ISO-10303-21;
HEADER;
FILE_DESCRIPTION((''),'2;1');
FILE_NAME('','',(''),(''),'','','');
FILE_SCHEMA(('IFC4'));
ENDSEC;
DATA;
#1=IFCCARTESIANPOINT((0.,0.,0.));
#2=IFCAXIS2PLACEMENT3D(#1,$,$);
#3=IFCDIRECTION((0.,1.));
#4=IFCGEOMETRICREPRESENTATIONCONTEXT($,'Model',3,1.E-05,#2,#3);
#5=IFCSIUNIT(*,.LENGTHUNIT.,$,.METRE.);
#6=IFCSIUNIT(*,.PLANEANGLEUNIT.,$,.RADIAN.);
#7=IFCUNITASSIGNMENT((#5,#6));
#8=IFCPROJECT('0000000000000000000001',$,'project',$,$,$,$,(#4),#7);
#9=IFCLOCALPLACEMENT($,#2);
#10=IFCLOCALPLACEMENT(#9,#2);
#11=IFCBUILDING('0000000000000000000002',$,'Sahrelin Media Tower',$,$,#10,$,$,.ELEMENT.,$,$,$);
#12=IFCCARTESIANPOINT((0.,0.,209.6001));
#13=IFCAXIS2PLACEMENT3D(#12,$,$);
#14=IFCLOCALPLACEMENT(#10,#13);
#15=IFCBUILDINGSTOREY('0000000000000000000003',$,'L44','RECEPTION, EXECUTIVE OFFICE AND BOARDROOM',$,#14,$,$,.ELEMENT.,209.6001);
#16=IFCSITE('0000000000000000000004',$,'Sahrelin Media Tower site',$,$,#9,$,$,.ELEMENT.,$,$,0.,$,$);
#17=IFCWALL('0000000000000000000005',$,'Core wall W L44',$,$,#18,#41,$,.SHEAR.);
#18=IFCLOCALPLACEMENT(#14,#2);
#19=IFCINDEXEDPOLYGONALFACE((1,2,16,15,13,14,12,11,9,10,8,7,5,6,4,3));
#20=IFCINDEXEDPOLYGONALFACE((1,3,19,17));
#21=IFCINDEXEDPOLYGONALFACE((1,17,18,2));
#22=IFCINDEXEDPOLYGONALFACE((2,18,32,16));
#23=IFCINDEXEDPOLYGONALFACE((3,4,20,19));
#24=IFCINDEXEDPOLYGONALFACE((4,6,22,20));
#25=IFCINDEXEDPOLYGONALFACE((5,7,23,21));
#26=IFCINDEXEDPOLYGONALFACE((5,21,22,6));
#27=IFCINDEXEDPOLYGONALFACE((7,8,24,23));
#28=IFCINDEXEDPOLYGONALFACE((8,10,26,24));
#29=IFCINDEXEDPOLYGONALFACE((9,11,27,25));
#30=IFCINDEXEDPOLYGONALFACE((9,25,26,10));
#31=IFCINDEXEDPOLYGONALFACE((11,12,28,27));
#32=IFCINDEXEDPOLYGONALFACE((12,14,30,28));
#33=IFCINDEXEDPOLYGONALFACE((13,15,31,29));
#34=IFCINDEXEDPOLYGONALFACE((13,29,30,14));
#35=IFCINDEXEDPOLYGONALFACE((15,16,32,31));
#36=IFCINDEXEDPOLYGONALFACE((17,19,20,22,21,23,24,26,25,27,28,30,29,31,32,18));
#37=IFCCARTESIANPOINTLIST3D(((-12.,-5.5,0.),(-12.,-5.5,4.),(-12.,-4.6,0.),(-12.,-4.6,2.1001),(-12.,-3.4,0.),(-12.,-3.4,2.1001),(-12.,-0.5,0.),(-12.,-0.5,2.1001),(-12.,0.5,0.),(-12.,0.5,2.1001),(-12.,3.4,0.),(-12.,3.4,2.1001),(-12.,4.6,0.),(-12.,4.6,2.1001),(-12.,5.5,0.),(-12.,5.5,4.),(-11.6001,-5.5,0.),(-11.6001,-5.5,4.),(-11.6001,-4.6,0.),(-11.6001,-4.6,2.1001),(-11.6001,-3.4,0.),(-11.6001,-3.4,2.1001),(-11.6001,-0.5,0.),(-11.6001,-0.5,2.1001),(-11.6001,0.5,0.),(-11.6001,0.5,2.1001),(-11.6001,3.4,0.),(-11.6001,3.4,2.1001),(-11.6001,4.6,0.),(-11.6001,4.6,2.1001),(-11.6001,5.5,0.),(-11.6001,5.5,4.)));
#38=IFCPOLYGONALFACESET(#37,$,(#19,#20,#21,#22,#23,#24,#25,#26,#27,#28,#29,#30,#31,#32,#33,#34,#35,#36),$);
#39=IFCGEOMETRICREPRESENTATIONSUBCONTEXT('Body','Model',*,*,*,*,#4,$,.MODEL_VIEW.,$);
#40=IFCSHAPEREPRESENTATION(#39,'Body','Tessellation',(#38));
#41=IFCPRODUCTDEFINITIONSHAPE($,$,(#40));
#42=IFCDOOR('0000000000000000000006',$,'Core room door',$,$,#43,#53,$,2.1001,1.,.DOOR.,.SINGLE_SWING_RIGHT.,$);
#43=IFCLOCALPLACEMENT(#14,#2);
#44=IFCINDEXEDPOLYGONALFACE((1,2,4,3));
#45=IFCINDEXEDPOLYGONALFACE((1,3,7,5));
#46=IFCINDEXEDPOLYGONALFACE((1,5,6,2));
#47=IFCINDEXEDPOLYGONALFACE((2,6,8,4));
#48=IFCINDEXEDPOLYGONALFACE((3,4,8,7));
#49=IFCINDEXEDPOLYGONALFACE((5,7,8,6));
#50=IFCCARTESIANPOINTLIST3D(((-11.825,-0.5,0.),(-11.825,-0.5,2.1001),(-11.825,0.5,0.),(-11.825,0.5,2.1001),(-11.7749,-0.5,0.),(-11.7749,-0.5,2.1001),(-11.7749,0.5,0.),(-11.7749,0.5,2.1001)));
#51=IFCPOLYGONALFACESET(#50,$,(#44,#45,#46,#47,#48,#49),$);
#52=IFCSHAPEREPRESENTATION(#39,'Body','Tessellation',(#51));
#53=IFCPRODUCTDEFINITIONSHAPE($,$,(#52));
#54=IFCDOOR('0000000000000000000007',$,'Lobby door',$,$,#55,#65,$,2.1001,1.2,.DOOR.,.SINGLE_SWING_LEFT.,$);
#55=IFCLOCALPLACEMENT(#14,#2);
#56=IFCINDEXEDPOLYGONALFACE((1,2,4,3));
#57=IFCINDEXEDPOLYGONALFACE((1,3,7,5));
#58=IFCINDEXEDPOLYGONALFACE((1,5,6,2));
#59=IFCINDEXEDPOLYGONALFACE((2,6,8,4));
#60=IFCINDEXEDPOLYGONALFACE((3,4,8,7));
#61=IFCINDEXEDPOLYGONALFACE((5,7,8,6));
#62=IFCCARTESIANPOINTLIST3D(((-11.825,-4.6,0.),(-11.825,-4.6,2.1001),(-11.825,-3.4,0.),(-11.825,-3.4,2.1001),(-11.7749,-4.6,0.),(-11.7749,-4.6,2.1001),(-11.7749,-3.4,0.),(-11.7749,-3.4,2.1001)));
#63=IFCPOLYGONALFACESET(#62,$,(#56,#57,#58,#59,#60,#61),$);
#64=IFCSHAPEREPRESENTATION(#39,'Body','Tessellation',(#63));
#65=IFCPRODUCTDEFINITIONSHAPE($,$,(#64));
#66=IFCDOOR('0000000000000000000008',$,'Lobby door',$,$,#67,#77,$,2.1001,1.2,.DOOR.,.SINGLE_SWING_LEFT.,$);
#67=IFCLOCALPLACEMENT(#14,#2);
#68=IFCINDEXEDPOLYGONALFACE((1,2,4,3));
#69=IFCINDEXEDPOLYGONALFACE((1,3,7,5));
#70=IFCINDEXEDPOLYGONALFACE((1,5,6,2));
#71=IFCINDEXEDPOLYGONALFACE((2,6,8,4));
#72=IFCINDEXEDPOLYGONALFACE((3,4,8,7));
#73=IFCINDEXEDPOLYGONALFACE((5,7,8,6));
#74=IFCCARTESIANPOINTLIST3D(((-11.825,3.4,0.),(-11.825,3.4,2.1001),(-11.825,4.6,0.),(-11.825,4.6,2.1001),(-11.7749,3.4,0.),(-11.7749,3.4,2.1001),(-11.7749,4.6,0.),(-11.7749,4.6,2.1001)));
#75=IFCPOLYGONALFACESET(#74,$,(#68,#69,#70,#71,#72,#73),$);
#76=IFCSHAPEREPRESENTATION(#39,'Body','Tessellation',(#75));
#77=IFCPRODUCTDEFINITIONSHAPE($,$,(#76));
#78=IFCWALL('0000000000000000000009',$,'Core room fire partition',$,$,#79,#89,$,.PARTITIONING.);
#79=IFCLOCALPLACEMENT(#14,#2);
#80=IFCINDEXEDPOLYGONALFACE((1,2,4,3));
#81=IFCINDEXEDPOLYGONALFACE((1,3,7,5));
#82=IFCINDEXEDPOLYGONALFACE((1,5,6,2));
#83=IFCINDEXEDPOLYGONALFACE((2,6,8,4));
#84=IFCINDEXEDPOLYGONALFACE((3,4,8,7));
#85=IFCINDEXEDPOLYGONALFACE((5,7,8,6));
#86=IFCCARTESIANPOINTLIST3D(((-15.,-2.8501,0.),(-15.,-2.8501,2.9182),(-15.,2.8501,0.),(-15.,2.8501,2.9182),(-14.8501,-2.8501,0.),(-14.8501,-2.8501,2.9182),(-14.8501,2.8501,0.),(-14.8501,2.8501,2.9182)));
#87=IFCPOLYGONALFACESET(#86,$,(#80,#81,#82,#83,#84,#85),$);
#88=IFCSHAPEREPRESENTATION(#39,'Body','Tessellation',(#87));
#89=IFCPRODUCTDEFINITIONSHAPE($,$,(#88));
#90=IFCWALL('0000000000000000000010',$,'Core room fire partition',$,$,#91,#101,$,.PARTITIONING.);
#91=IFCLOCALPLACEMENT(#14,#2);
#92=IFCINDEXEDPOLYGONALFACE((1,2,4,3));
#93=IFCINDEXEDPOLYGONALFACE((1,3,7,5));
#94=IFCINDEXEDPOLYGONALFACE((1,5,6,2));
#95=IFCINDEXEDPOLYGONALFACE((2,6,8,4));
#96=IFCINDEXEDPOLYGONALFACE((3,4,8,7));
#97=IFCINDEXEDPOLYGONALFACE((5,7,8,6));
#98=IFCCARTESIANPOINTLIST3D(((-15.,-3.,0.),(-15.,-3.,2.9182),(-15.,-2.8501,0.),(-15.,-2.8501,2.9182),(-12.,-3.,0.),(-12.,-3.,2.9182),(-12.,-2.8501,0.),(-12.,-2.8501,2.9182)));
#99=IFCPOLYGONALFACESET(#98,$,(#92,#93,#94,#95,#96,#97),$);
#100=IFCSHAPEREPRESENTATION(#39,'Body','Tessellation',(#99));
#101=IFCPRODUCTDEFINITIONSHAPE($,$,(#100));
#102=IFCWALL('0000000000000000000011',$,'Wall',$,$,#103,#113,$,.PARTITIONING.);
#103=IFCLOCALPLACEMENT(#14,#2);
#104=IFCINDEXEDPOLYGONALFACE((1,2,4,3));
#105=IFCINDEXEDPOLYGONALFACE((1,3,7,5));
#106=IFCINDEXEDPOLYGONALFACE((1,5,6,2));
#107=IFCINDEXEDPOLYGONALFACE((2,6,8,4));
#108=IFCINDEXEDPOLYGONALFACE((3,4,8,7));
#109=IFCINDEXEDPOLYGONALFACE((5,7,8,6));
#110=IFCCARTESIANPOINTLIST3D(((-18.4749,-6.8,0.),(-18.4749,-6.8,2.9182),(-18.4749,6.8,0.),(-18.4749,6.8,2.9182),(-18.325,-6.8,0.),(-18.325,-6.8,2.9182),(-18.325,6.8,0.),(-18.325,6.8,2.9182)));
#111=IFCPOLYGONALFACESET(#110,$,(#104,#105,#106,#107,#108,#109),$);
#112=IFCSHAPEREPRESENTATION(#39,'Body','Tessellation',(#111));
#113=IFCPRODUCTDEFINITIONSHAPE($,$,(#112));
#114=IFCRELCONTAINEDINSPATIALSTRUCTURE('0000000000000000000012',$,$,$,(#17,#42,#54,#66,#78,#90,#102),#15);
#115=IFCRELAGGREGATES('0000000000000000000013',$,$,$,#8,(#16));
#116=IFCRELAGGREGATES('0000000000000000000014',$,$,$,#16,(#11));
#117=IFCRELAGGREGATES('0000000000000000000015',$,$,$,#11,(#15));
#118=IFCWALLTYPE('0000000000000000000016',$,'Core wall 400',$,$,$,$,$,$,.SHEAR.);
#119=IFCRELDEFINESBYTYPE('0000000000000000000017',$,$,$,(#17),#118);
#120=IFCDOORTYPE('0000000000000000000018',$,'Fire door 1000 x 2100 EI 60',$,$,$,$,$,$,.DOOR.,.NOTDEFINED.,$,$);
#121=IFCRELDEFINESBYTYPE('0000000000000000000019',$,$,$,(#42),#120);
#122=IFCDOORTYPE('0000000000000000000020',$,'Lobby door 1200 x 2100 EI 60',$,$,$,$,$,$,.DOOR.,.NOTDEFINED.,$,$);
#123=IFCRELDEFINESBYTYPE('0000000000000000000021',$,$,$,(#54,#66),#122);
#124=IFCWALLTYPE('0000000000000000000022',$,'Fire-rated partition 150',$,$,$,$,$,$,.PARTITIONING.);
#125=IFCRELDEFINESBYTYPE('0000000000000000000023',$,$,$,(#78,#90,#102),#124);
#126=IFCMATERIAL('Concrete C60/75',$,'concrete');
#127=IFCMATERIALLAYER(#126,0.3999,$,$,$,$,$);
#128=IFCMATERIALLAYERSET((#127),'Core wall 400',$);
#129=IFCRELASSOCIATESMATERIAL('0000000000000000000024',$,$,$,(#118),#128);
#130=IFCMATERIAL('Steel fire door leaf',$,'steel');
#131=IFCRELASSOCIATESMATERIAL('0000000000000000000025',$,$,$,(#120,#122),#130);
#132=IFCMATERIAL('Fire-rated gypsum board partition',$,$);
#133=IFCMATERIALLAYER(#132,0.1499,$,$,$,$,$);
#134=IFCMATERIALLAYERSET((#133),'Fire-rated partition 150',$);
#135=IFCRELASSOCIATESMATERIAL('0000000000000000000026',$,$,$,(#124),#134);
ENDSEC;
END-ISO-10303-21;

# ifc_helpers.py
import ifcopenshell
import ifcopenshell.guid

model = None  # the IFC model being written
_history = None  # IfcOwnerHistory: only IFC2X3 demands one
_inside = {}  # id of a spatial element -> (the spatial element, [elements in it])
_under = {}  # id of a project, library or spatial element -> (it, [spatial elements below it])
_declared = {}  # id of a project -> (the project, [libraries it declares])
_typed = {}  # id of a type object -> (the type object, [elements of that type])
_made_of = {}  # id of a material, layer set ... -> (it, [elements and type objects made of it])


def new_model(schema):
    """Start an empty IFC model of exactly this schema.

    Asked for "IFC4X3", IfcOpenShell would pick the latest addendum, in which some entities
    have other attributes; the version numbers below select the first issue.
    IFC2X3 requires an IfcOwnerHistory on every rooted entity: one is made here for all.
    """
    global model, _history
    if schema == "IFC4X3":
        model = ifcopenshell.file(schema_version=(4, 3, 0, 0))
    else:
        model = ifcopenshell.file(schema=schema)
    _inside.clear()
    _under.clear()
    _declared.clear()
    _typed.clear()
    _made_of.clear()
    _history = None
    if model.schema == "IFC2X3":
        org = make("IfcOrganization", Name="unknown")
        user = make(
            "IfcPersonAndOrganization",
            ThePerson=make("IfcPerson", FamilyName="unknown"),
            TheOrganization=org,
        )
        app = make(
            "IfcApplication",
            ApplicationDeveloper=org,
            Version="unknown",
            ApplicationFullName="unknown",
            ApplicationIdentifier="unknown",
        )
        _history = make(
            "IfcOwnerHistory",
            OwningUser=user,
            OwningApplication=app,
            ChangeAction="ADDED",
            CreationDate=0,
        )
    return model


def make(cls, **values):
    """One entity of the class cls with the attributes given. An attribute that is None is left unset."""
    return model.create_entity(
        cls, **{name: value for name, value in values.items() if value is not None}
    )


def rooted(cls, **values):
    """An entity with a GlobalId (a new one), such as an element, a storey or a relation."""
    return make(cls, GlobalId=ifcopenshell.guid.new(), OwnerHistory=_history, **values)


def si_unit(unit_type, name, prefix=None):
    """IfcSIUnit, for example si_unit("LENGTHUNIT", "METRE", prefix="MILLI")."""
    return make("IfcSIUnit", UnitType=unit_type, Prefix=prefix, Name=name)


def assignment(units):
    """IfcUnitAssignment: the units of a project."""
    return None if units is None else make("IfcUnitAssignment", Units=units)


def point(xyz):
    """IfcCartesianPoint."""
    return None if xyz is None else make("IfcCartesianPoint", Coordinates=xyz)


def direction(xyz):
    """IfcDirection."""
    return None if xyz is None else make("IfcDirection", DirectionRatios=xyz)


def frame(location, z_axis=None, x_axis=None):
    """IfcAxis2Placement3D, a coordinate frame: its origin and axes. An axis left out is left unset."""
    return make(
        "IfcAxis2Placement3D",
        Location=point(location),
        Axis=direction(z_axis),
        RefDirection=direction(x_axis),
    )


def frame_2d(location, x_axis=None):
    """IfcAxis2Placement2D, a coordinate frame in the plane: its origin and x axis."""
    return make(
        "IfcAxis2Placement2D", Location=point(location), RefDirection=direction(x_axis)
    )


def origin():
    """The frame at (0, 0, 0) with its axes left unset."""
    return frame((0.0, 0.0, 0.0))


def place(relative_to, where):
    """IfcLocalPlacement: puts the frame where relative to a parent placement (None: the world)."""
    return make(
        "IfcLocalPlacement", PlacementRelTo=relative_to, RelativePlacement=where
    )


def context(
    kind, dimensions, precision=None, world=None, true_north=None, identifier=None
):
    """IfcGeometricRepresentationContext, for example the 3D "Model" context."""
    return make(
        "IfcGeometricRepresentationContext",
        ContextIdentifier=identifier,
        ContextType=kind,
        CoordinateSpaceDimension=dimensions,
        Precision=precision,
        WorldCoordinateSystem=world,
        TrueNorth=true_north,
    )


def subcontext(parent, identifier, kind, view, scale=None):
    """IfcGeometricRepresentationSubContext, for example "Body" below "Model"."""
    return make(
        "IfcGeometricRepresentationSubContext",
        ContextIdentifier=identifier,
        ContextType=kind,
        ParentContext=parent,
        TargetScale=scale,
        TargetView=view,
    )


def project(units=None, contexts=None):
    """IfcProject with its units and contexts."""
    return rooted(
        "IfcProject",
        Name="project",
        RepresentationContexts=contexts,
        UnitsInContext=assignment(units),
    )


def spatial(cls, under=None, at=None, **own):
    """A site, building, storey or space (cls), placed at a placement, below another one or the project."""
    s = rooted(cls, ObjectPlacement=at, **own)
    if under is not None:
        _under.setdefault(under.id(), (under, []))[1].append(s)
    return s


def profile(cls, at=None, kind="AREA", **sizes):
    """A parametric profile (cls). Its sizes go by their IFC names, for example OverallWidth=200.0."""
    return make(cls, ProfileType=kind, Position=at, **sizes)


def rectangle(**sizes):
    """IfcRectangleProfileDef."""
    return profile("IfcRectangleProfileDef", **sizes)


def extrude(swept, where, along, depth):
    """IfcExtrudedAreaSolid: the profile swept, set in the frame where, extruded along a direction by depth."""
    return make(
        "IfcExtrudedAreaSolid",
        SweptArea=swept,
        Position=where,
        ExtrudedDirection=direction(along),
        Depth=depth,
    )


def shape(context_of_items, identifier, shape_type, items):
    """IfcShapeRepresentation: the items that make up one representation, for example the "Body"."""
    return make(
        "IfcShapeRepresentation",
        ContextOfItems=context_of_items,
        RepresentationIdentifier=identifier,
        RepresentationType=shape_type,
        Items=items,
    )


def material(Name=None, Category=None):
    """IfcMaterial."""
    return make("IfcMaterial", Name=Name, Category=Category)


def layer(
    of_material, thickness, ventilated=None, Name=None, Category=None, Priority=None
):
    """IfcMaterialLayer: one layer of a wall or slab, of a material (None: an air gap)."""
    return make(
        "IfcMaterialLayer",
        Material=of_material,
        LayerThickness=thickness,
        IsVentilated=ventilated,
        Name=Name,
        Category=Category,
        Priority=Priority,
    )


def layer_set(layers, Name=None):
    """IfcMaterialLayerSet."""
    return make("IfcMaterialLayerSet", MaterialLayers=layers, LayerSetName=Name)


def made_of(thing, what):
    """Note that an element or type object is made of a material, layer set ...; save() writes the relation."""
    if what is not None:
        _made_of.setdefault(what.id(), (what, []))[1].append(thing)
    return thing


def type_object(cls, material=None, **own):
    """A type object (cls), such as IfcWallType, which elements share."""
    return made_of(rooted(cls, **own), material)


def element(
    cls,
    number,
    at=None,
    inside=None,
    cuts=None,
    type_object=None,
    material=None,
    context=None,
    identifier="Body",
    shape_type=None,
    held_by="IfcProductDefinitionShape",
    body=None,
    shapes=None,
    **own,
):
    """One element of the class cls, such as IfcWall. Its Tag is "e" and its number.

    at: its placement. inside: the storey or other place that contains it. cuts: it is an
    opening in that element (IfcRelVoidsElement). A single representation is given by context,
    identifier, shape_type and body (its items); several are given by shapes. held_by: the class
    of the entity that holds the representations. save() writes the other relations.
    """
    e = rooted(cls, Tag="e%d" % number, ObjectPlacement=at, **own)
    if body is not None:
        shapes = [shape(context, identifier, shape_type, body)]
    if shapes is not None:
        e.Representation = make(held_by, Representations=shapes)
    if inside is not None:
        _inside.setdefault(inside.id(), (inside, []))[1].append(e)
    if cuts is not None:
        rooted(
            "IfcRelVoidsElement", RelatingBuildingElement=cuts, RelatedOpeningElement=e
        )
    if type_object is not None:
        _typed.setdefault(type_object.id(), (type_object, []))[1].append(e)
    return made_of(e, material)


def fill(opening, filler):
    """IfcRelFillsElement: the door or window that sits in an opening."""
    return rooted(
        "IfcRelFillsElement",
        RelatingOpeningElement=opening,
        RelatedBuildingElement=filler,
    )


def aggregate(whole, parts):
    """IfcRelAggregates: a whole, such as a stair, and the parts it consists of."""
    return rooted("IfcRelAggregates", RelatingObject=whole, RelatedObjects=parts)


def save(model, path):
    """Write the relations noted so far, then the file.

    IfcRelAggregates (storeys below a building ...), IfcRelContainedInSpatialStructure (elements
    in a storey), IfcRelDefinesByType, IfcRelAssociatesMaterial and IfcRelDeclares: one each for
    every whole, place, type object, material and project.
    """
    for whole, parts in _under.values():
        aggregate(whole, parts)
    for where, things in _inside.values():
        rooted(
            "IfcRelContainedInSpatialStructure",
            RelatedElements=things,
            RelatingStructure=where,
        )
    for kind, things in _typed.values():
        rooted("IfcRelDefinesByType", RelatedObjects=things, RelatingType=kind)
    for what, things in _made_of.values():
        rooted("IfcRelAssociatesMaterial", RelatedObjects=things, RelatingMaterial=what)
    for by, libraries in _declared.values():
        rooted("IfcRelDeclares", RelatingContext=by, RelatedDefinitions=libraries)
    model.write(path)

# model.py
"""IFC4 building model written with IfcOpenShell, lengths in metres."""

from ifc_helpers import new_model, si_unit, direction, frame, frame_2d, origin, place, context, subcontext, project, spatial, rectangle, extrude, material, layer, layer_set, type_object, element, fill, save


model = new_model("IFC4")

# Units and contexts
model_context = context("Model", 3, precision=1e-05, world=origin(), true_north=direction((0.0, 1.0)))
body_context = subcontext(model_context, "Body", "Model", "MODEL_VIEW")
ifc_project = project(units=[si_unit("LENGTHUNIT", "METRE"), si_unit("PLANEANGLEUNIT", "RADIAN")], contexts=[model_context])

# Site, building, storey
site_placement = place(None, origin())
site = spatial("IfcSite", under=ifc_project, at=site_placement, Name="Sahrelin Media Tower site", CompositionType="ELEMENT", RefElevation=0.0)
building_placement = place(site_placement, origin())
building = spatial("IfcBuilding", under=site, at=building_placement, Name="Sahrelin Media Tower", CompositionType="ELEMENT")
storey_placement = place(building_placement, frame((0.0, 0.0, 209.6001)))
storey = spatial("IfcBuildingStorey", under=building, at=storey_placement, Name="L44", Description="RECEPTION, EXECUTIVE OFFICE AND BOARDROOM", CompositionType="ELEMENT", Elevation=209.6001)

# Wall, openings, doors
ifc_material_1 = material(Name="Concrete C60/75", Category="concrete")
ifc_layer_1 = layer(ifc_material_1, 0.3999)
ifc_layer_set_1 = layer_set([ifc_layer_1], Name="Core wall 400")
wall_type_1 = type_object("IfcWallType", Name="Core wall 400", PredefinedType="SHEAR", material=ifc_layer_set_1)
wall_1_placement = place(storey_placement, frame((-11.8, -5.5, 0.0), z_axis=(0.0, 0.0, 1.0), x_axis=(0.0, 1.0, 0.0)))
wall_1 = element("IfcWall", 1, at=wall_1_placement, inside=storey, type_object=wall_type_1, Name="Core wall W L44", PredefinedType="SHEAR", context=body_context, shape_type="SweptSolid", body=[
    extrude(rectangle(XDim=11.0, YDim=0.3999, at=frame_2d((5.5, 0.0))), origin(), (0.0, 0.0, 1.0), 4.0),
])
opening_1_placement = place(wall_1_placement, frame((5.0, 0.0, 0.0)))
opening_1 = element("IfcOpeningElement", 2, at=opening_1_placement, cuts=wall_1, PredefinedType="OPENING", context=body_context, shape_type="SweptSolid", body=[
    extrude(rectangle(XDim=1.0, YDim=2.1001, at=frame_2d((0.5, 1.05))), frame((0.0, 0.2, 0.0), z_axis=(0.0, -1.0, 0.0), x_axis=(1.0, 0.0, 0.0)), (0.0, 0.0, 1.0), 0.3999),
])
opening_2_placement = place(wall_1_placement, frame((0.8999, 0.0, 0.0)))
opening_2 = element("IfcOpeningElement", 3, at=opening_2_placement, cuts=wall_1, PredefinedType="OPENING", context=body_context, shape_type="SweptSolid", body=[
    extrude(rectangle(XDim=1.2, YDim=2.1001, at=frame_2d((0.6001, 1.05))), frame((0.0, 0.2, 0.0), z_axis=(0.0, -1.0, 0.0), x_axis=(1.0, 0.0, 0.0)), (0.0, 0.0, 1.0), 0.3999),
])
opening_3_placement = place(wall_1_placement, frame((8.8999, 0.0, 0.0)))
opening_3 = element("IfcOpeningElement", 4, at=opening_3_placement, cuts=wall_1, PredefinedType="OPENING", context=body_context, shape_type="SweptSolid", body=[
    extrude(rectangle(XDim=1.2, YDim=2.1001, at=frame_2d((0.6001, 1.05))), frame((0.0, 0.2, 0.0), z_axis=(0.0, -1.0, 0.0), x_axis=(1.0, 0.0, 0.0)), (0.0, 0.0, 1.0), 0.3999),
])
ifc_material_2 = material(Name="Steel fire door leaf", Category="steel")
door_type_1 = type_object("IfcDoorType", Name="Fire door 1000 x 2100 EI 60", OperationType="NOTDEFINED", PredefinedType="DOOR", material=ifc_material_2)
door_1_placement = place(opening_1_placement, origin())
door_1 = element("IfcDoor", 5, at=door_1_placement, inside=storey, type_object=door_type_1, Name="Core room door", OperationType="SINGLE_SWING_RIGHT", OverallHeight=2.1001, OverallWidth=1.0, PredefinedType="DOOR", context=body_context, shape_type="SweptSolid", body=[
    extrude(rectangle(XDim=1.0, YDim=2.1001, at=frame_2d((0.5, 1.05))), frame((0.0, 0.0249, 0.0), z_axis=(0.0, -1.0, 0.0), x_axis=(1.0, 0.0, 0.0)), (0.0, 0.0, 1.0), 0.05),
])
fill(opening_1, door_1)
door_type_2 = type_object("IfcDoorType", Name="Lobby door 1200 x 2100 EI 60", OperationType="NOTDEFINED", PredefinedType="DOOR", material=ifc_material_2)
door_2_placement = place(opening_2_placement, origin())
door_2 = element("IfcDoor", 6, at=door_2_placement, inside=storey, type_object=door_type_2, Name="Lobby door", OperationType="SINGLE_SWING_LEFT", OverallHeight=2.1001, OverallWidth=1.2, PredefinedType="DOOR", context=body_context, shape_type="SweptSolid", body=[
    extrude(rectangle(XDim=1.2, YDim=2.1001, at=frame_2d((0.6001, 1.05))), frame((0.0, 0.0249, 0.0), z_axis=(0.0, -1.0, 0.0), x_axis=(1.0, 0.0, 0.0)), (0.0, 0.0, 1.0), 0.05),
])
fill(opening_2, door_2)
door_3_placement = place(opening_3_placement, origin())
door_3 = element("IfcDoor", 7, at=door_3_placement, inside=storey, type_object=door_type_2, Name="Lobby door", OperationType="SINGLE_SWING_LEFT", OverallHeight=2.1001, OverallWidth=1.2, PredefinedType="DOOR", context=body_context, shape_type="SweptSolid", body=[
    extrude(rectangle(XDim=1.2, YDim=2.1001, at=frame_2d((0.6001, 1.05))), frame((0.0, 0.0249, 0.0), z_axis=(0.0, -1.0, 0.0), x_axis=(1.0, 0.0, 0.0)), (0.0, 0.0, 1.0), 0.05),
])
fill(opening_3, door_3)

# Walls
ifc_material_3 = material(Name="Fire-rated gypsum board partition")
ifc_layer_2 = layer(ifc_material_3, 0.1499)
ifc_layer_set_2 = layer_set([ifc_layer_2], Name="Fire-rated partition 150")
wall_type_2 = type_object("IfcWallType", Name="Fire-rated partition 150", PredefinedType="PARTITIONING", material=ifc_layer_set_2)
wall_2_placement = place(storey_placement, frame((-14.925, -2.8501, 0.0), z_axis=(0.0, 0.0, 1.0), x_axis=(0.0, 1.0, 0.0)))
element("IfcWall", 8, at=wall_2_placement, inside=storey, type_object=wall_type_2, Name="Core room fire partition", PredefinedType="PARTITIONING", context=body_context, shape_type="SweptSolid", body=[
    extrude(rectangle(XDim=5.7002, YDim=0.1499, at=frame_2d((2.8501, 0.0))), origin(), (0.0, 0.0, 1.0), 2.9182),
])
wall_3_placement = place(storey_placement, frame((-15.0, -2.925, 0.0), z_axis=(0.0, 0.0, 1.0), x_axis=(1.0, 0.0, 0.0)))
element("IfcWall", 9, at=wall_3_placement, inside=storey, type_object=wall_type_2, Name="Core room fire partition", PredefinedType="PARTITIONING", context=body_context, shape_type="SweptSolid", body=[
    extrude(rectangle(XDim=3.0, YDim=0.1499, at=frame_2d((1.5, 0.0))), origin(), (0.0, 0.0, 1.0), 2.9182),
])
wall_4_placement = place(storey_placement, frame((-18.3999, -6.8, 0.0), z_axis=(0.0, 0.0, 1.0), x_axis=(0.0, 1.0, 0.0)))
element("IfcWall", 10, at=wall_4_placement, inside=storey, type_object=wall_type_2, Name="Wall", PredefinedType="PARTITIONING", context=body_context, shape_type="SweptSolid", body=[
    extrude(rectangle(XDim=13.6001, YDim=0.1499, at=frame_2d((6.8, 0.0))), origin(), (0.0, 0.0, 1.0), 2.9182),
])

save(model, "model.ifc")
